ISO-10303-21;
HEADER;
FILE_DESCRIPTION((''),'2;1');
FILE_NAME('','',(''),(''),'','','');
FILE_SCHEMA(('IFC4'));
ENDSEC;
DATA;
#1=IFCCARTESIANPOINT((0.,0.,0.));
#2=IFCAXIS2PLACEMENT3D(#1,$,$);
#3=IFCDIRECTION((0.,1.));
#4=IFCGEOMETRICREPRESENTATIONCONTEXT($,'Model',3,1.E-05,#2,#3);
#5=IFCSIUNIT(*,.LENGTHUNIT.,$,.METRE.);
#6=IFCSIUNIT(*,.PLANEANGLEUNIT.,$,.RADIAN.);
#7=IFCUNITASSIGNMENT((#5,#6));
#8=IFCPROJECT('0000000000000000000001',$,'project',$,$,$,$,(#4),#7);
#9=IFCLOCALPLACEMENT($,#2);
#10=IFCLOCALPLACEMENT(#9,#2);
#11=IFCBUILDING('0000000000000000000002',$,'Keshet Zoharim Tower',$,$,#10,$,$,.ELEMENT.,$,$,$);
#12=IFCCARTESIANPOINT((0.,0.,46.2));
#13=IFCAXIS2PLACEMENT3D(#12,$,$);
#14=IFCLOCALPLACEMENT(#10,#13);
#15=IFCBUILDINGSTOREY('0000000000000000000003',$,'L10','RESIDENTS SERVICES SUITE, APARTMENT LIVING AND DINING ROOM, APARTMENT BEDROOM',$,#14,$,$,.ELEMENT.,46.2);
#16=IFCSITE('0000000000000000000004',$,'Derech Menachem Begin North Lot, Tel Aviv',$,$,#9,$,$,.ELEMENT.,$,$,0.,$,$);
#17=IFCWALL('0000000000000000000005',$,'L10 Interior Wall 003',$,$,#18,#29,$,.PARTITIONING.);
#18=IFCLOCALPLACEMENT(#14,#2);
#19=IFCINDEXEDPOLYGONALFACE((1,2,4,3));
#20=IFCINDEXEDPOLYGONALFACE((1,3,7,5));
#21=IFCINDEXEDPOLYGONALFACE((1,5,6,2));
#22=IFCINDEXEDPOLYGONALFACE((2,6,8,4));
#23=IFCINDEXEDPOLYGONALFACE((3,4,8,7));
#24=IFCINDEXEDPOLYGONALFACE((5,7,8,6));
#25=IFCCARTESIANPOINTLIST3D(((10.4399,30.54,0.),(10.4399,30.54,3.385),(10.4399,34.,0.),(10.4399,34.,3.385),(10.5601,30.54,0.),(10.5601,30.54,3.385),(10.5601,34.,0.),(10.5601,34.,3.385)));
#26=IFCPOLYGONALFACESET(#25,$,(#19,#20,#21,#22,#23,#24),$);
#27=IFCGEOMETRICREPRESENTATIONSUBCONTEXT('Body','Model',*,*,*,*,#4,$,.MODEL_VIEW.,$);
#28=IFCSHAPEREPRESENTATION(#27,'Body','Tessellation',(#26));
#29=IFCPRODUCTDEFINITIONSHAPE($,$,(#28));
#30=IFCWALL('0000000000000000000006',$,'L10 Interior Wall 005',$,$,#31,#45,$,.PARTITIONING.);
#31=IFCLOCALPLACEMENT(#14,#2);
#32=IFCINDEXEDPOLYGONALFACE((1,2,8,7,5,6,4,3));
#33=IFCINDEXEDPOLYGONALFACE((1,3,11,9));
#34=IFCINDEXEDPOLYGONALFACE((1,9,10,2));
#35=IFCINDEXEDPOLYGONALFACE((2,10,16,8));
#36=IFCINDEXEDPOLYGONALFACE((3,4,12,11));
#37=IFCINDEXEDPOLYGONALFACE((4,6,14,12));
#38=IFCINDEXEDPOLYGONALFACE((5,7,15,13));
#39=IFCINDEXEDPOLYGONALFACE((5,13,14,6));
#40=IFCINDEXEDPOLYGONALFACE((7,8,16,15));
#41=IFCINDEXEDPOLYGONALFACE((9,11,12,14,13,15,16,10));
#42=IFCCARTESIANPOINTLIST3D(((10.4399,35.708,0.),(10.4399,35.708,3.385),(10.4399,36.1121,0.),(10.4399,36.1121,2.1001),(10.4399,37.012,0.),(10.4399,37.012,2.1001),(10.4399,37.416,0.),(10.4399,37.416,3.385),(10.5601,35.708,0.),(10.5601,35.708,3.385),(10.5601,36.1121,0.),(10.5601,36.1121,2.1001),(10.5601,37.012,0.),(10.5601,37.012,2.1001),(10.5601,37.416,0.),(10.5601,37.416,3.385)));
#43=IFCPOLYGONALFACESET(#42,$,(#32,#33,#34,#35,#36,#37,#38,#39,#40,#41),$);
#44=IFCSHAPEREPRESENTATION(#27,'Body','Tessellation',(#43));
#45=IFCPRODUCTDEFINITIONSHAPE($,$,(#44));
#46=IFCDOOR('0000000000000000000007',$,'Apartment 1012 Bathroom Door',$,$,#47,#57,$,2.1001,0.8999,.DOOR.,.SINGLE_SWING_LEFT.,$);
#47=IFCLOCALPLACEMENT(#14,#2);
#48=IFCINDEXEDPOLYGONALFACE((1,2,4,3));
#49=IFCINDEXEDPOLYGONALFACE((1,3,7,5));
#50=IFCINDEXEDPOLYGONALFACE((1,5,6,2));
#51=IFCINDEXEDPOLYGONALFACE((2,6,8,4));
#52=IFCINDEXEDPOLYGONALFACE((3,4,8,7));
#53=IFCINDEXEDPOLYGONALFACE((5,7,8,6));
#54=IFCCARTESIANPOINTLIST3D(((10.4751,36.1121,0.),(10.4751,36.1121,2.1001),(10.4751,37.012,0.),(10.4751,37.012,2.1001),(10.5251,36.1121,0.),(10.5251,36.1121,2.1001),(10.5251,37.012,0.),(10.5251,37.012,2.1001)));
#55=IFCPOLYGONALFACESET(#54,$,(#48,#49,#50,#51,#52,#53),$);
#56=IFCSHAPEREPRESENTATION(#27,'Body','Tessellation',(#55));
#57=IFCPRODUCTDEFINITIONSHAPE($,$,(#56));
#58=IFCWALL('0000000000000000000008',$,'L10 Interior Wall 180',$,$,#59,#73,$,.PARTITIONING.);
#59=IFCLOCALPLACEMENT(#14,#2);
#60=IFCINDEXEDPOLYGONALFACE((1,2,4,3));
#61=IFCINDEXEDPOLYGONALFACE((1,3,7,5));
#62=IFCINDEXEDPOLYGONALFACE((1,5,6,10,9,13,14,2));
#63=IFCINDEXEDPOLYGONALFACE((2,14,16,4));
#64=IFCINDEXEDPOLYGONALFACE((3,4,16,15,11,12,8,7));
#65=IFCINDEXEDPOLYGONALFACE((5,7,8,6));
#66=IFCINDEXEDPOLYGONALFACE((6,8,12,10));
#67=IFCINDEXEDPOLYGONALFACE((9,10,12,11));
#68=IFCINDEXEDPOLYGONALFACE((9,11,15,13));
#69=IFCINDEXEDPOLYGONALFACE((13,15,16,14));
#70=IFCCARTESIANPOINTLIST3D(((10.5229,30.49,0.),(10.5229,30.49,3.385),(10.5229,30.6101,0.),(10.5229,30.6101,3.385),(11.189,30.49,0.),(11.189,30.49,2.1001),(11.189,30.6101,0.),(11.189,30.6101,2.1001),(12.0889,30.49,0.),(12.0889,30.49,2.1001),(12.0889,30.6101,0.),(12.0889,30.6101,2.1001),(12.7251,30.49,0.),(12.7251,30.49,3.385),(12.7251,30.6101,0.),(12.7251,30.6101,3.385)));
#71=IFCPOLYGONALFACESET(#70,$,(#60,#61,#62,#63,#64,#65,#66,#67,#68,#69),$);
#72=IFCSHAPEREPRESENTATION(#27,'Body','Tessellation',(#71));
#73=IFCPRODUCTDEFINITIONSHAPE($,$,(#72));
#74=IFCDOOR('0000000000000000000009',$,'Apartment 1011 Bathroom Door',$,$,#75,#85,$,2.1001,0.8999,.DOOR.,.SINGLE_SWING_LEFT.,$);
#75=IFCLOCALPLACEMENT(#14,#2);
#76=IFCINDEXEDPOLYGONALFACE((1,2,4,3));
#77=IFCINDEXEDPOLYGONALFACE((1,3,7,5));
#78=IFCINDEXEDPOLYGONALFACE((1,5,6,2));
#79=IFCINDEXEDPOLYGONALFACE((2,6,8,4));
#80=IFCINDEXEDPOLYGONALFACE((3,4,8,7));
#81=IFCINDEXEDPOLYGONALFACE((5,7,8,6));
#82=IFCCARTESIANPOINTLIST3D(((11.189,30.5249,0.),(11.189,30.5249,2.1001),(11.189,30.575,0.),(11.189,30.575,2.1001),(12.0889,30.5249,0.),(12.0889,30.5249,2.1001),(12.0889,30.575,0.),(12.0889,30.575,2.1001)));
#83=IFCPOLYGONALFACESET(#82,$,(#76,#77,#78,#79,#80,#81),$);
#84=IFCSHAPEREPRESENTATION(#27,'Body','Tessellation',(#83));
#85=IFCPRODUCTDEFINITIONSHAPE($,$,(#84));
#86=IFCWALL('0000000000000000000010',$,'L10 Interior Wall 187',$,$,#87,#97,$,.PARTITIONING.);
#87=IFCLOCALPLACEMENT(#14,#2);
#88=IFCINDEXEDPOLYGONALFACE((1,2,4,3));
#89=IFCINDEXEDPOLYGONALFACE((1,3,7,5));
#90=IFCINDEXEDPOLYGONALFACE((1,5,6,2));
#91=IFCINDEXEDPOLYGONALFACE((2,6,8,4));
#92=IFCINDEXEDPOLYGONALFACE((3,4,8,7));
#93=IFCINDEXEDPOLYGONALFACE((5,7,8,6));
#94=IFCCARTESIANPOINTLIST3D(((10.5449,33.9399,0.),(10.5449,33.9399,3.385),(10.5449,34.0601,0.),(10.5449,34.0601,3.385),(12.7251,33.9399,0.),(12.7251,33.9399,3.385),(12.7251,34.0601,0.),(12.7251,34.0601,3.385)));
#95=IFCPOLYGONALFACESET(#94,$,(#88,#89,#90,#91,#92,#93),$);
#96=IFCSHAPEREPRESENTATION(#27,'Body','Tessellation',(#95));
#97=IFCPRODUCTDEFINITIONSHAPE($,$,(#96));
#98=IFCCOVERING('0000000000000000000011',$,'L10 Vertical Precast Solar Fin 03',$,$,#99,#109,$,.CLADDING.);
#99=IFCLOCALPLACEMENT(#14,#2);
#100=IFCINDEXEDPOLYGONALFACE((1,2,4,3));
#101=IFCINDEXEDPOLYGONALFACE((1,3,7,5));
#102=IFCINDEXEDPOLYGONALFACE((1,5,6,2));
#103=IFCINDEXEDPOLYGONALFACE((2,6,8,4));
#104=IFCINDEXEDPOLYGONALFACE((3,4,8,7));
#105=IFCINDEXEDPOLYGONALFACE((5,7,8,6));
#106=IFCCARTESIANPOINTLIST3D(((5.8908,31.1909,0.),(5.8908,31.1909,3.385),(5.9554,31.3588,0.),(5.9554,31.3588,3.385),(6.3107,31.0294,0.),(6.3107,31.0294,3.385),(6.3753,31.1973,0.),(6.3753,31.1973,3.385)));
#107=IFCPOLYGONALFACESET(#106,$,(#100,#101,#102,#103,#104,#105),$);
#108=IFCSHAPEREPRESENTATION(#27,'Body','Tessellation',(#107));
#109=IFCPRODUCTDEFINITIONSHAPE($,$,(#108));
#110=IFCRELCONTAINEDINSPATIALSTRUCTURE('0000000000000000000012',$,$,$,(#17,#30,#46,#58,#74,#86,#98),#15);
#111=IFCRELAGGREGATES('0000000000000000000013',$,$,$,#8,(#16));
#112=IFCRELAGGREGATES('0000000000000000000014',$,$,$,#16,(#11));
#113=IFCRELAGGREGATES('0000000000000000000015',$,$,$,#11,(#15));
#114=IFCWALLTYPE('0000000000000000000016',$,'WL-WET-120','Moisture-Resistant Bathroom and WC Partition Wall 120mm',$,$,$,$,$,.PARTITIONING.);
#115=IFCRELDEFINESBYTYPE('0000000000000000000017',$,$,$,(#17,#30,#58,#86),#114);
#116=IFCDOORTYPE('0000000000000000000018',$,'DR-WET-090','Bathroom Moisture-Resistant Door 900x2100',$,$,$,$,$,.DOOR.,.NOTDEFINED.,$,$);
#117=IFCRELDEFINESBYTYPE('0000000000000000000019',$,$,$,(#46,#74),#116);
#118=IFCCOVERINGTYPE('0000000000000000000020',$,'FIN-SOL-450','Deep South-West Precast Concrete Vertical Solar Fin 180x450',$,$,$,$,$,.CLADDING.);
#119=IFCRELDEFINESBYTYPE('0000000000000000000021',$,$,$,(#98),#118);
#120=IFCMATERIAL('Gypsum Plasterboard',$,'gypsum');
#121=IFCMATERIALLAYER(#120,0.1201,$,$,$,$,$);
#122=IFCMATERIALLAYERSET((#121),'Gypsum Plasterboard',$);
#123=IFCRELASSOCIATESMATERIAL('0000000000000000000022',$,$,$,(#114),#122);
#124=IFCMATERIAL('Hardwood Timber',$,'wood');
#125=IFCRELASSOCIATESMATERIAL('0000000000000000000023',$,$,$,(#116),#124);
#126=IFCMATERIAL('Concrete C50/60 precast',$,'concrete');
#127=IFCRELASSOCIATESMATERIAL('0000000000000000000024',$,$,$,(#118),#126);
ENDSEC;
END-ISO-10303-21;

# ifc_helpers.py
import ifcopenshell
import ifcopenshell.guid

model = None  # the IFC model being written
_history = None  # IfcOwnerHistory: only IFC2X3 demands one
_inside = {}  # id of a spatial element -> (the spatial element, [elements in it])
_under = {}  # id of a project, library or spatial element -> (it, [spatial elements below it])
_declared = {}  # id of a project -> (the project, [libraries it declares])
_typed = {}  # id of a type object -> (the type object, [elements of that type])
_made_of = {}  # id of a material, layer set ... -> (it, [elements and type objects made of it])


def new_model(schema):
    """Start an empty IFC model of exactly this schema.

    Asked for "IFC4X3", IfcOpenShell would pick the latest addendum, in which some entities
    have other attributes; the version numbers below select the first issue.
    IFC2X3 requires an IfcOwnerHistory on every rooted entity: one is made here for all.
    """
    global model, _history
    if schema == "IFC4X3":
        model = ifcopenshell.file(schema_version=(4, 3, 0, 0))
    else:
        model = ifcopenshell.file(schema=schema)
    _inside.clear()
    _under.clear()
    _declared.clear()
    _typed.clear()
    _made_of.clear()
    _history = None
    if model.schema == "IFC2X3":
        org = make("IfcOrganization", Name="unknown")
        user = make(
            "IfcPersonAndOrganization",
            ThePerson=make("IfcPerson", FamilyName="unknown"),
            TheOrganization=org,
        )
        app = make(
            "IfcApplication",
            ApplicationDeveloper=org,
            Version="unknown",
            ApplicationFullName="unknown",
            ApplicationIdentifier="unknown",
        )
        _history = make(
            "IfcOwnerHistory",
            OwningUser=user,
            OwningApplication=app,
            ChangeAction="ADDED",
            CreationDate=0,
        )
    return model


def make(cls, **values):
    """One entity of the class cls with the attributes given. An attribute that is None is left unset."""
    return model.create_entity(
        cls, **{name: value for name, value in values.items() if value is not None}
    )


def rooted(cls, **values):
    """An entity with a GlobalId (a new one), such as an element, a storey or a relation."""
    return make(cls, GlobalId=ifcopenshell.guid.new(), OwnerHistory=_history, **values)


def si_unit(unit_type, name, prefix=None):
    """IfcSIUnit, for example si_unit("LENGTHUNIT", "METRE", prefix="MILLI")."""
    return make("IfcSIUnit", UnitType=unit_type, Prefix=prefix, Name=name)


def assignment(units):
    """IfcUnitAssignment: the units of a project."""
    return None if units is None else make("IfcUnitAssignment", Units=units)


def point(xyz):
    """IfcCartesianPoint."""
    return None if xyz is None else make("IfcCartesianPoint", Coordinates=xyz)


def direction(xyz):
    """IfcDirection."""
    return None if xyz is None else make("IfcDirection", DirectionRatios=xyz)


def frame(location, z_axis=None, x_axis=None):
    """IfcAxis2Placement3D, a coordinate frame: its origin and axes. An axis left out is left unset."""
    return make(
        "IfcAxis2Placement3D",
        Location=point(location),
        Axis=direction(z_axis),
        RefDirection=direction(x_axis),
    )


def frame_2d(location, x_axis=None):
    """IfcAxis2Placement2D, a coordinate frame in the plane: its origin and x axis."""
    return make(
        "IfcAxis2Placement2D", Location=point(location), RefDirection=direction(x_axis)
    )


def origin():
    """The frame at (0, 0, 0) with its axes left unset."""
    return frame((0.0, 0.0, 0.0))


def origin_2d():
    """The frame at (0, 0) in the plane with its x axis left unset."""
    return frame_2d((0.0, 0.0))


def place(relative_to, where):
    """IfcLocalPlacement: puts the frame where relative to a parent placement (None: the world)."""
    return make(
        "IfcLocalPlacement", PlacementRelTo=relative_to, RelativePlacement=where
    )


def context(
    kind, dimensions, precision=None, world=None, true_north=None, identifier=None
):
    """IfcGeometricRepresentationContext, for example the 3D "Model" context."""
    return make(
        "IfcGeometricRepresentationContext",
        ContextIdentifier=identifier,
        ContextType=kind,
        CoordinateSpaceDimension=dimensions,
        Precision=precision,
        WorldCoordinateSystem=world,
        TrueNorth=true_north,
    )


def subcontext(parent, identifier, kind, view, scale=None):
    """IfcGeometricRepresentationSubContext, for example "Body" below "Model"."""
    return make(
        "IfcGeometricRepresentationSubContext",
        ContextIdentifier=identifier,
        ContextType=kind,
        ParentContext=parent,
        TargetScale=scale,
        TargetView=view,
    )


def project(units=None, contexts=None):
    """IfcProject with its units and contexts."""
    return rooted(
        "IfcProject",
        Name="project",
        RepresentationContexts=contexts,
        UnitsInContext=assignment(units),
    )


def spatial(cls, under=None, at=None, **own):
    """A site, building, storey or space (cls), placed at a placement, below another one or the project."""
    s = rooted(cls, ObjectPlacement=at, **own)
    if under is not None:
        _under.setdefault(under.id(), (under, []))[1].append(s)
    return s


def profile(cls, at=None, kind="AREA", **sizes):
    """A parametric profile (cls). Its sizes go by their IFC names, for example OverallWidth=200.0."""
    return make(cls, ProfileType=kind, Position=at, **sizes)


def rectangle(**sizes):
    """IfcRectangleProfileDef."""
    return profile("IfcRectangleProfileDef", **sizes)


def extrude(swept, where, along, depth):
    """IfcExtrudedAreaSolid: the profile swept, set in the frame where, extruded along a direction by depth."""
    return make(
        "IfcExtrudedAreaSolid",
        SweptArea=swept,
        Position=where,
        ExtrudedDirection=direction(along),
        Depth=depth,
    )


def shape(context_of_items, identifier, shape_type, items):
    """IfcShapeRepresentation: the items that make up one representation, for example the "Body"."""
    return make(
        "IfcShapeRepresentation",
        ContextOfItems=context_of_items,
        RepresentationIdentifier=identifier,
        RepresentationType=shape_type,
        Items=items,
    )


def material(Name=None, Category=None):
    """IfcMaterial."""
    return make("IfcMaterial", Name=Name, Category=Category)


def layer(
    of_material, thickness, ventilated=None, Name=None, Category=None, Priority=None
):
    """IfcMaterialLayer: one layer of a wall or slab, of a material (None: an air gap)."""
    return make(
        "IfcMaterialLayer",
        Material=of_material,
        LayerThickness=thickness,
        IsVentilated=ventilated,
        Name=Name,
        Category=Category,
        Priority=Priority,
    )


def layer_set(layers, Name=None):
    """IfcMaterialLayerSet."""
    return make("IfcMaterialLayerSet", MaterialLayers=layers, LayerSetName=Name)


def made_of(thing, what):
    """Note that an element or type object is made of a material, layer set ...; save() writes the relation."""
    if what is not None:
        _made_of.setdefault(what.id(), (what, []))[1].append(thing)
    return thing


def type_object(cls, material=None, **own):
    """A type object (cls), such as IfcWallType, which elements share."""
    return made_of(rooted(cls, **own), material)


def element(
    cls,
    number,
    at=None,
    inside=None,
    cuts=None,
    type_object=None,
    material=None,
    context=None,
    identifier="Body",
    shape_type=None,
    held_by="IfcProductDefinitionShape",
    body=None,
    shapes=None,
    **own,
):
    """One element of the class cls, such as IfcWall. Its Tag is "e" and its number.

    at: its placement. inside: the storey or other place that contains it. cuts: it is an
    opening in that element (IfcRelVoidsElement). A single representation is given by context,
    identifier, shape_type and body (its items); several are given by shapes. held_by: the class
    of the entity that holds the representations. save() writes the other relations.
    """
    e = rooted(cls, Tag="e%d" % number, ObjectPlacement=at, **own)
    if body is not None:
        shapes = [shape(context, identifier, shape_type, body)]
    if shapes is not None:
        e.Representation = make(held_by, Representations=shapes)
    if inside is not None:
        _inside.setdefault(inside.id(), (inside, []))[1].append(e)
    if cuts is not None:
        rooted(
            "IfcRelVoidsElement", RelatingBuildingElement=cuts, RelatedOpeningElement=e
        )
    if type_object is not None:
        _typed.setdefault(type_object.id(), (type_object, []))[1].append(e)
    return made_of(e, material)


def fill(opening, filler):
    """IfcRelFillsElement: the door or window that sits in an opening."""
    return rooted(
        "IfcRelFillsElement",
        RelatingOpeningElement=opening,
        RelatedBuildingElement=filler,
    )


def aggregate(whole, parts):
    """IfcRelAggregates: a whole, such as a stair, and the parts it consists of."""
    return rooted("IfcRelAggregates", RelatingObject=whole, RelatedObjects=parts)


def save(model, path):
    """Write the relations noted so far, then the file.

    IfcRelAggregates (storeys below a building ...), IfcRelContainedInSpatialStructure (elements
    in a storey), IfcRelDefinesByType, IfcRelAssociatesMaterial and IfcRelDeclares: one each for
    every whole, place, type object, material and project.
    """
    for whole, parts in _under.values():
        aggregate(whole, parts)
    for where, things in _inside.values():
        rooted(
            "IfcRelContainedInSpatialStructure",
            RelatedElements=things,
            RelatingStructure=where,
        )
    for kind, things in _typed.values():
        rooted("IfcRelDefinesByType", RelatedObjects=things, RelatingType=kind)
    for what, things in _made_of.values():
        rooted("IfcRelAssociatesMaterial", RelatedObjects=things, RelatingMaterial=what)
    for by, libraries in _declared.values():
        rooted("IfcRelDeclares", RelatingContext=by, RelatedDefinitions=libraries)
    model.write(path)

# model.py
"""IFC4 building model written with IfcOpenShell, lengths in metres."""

from ifc_helpers import new_model, si_unit, direction, frame, frame_2d, origin, origin_2d, place, context, subcontext, project, spatial, rectangle, extrude, material, layer, layer_set, type_object, element, fill, save


model = new_model("IFC4")

# Units and contexts
model_context = context("Model", 3, precision=1e-05, world=origin(), true_north=direction((0.0, 1.0)))
body_context = subcontext(model_context, "Body", "Model", "MODEL_VIEW")
ifc_project = project(units=[si_unit("LENGTHUNIT", "METRE"), si_unit("PLANEANGLEUNIT", "RADIAN")], contexts=[model_context])

# Site, building, storey
site_placement = place(None, origin())
site = spatial("IfcSite", under=ifc_project, at=site_placement, Name="Derech Menachem Begin North Lot, Tel Aviv", CompositionType="ELEMENT", RefElevation=0.0)
building_placement = place(site_placement, origin())
building = spatial("IfcBuilding", under=site, at=building_placement, Name="Keshet Zoharim Tower", CompositionType="ELEMENT")
storey_placement = place(building_placement, frame((0.0, 0.0, 46.2)))
storey = spatial("IfcBuildingStorey", under=building, at=storey_placement, Name="L10", Description="RESIDENTS SERVICES SUITE, APARTMENT LIVING AND DINING ROOM, APARTMENT BEDROOM", CompositionType="ELEMENT", Elevation=46.2)

# Shared definitions
ifc_material_1 = material(Name="Gypsum Plasterboard", Category="gypsum")

# Shared definitions
ifc_material_2 = material(Name="Hardwood Timber", Category="wood")

# Wall
ifc_layer_1 = layer(ifc_material_1, 0.1201)
ifc_layer_set_1 = layer_set([ifc_layer_1], Name="Gypsum Plasterboard")
wall_type_1 = type_object("IfcWallType", Name="WL-WET-120", Description="Moisture-Resistant Bathroom and WC Partition Wall 120mm", PredefinedType="PARTITIONING", material=ifc_layer_set_1)
wall_1_placement = place(storey_placement, frame((10.5, 30.54, 0.0), z_axis=(0.0, 0.0, 1.0), x_axis=(0.0, 1.0, 0.0)))
element("IfcWall", 1, at=wall_1_placement, inside=storey, type_object=wall_type_1, Name="L10 Interior Wall 003", PredefinedType="PARTITIONING", context=body_context, shape_type="SweptSolid", body=[
    extrude(rectangle(XDim=3.46, YDim=0.1201, at=frame_2d((1.73, 0.0))), origin(), (0.0, 0.0, 1.0), 3.385),
])

# Walls, openings, doors
wall_2_placement = place(storey_placement, frame((10.5, 35.708, 0.0), z_axis=(0.0, 0.0, 1.0), x_axis=(0.0, 1.0, 0.0)))
wall_2 = element("IfcWall", 2, at=wall_2_placement, inside=storey, type_object=wall_type_1, Name="L10 Interior Wall 005", PredefinedType="PARTITIONING", context=body_context, shape_type="SweptSolid", body=[
    extrude(rectangle(XDim=1.708, YDim=0.1201, at=frame_2d((0.854, 0.0))), origin(), (0.0, 0.0, 1.0), 3.385),
])
opening_1_placement = place(wall_2_placement, frame((0.4041, 0.0, 0.0)))
opening_1 = element("IfcOpeningElement", 3, at=opening_1_placement, cuts=wall_2, PredefinedType="OPENING", context=body_context, shape_type="SweptSolid", body=[
    extrude(rectangle(XDim=0.8999, YDim=2.1001, at=frame_2d((0.45, 1.05))), frame((0.0, 0.0701, 0.0), z_axis=(0.0, -1.0, 0.0), x_axis=(1.0, 0.0, 0.0)), (0.0, 0.0, 1.0), 0.1401),
])
door_type_1 = type_object("IfcDoorType", Name="DR-WET-090", Description="Bathroom Moisture-Resistant Door 900x2100", OperationType="NOTDEFINED", PredefinedType="DOOR", material=ifc_material_2)
door_1_placement = place(opening_1_placement, origin())
door_1 = element("IfcDoor", 4, at=door_1_placement, inside=storey, type_object=door_type_1, Name="Apartment 1012 Bathroom Door", OperationType="SINGLE_SWING_LEFT", OverallHeight=2.1001, OverallWidth=0.8999, PredefinedType="DOOR", context=body_context, shape_type="SweptSolid", body=[
    extrude(rectangle(XDim=0.8999, YDim=2.1001, at=frame_2d((0.45, 1.05))), frame((0.0, 0.0249, 0.0), z_axis=(0.0, -1.0, 0.0), x_axis=(1.0, 0.0, 0.0)), (0.0, 0.0, 1.0), 0.05),
])
fill(opening_1, door_1)
wall_3_placement = place(storey_placement, frame((10.5229, 30.55, 0.0), z_axis=(0.0, 0.0, 1.0), x_axis=(1.0, 0.0, 0.0)))
wall_3 = element("IfcWall", 5, at=wall_3_placement, inside=storey, type_object=wall_type_1, Name="L10 Interior Wall 180", PredefinedType="PARTITIONING", context=body_context, shape_type="SweptSolid", body=[
    extrude(rectangle(XDim=2.2021, YDim=0.1201, at=frame_2d((1.1011, 0.0))), origin(), (0.0, 0.0, 1.0), 3.385),
])
opening_2_placement = place(wall_3_placement, frame((0.666, 0.0, 0.0)))
opening_2 = element("IfcOpeningElement", 6, at=opening_2_placement, cuts=wall_3, PredefinedType="OPENING", context=body_context, shape_type="SweptSolid", body=[
    extrude(rectangle(XDim=0.8999, YDim=2.1001, at=frame_2d((0.45, 1.05))), frame((0.0, 0.0701, 0.0), z_axis=(0.0, -1.0, 0.0), x_axis=(1.0, 0.0, 0.0)), (0.0, 0.0, 1.0), 0.1401),
])
door_2_placement = place(opening_2_placement, origin())
door_2 = element("IfcDoor", 7, at=door_2_placement, inside=storey, type_object=door_type_1, Name="Apartment 1011 Bathroom Door", OperationType="SINGLE_SWING_LEFT", OverallHeight=2.1001, OverallWidth=0.8999, PredefinedType="DOOR", context=body_context, shape_type="SweptSolid", body=[
    extrude(rectangle(XDim=0.8999, YDim=2.1001, at=frame_2d((0.45, 1.05))), frame((0.0, 0.0249, 0.0), z_axis=(0.0, -1.0, 0.0), x_axis=(1.0, 0.0, 0.0)), (0.0, 0.0, 1.0), 0.05),
])
fill(opening_2, door_2)

# Wall
wall_4_placement = place(storey_placement, frame((10.5449, 34.0, 0.0), z_axis=(0.0, 0.0, 1.0), x_axis=(1.0, 0.0, 0.0)))
element("IfcWall", 8, at=wall_4_placement, inside=storey, type_object=wall_type_1, Name="L10 Interior Wall 187", PredefinedType="PARTITIONING", context=body_context, shape_type="SweptSolid", body=[
    extrude(rectangle(XDim=2.1802, YDim=0.1201, at=frame_2d((1.0901, 0.0))), origin(), (0.0, 0.0, 1.0), 3.385),
])

# Covering
ifc_material_3 = material(Name="Concrete C50/60 precast", Category="concrete")
covering_type = type_object("IfcCoveringType", Name="FIN-SOL-450", Description="Deep South-West Precast Concrete Vertical Solar Fin 180x450", PredefinedType="CLADDING", material=ifc_material_3)
covering_placement = place(storey_placement, frame((6.1331, 31.1941, 0.0), z_axis=(0.0, 0.0, 1.0), x_axis=(0.35899, 0.933341, 0.0)))
element("IfcCovering", 9, at=covering_placement, inside=storey, type_object=covering_type, Name="L10 Vertical Precast Solar Fin 03", PredefinedType="CLADDING", context=body_context, shape_type="SweptSolid", body=[
    extrude(rectangle(XDim=0.1799, YDim=0.45, at=origin_2d()), origin(), (0.0, 0.0, 1.0), 3.385),
])

save(model, "model.ifc")
